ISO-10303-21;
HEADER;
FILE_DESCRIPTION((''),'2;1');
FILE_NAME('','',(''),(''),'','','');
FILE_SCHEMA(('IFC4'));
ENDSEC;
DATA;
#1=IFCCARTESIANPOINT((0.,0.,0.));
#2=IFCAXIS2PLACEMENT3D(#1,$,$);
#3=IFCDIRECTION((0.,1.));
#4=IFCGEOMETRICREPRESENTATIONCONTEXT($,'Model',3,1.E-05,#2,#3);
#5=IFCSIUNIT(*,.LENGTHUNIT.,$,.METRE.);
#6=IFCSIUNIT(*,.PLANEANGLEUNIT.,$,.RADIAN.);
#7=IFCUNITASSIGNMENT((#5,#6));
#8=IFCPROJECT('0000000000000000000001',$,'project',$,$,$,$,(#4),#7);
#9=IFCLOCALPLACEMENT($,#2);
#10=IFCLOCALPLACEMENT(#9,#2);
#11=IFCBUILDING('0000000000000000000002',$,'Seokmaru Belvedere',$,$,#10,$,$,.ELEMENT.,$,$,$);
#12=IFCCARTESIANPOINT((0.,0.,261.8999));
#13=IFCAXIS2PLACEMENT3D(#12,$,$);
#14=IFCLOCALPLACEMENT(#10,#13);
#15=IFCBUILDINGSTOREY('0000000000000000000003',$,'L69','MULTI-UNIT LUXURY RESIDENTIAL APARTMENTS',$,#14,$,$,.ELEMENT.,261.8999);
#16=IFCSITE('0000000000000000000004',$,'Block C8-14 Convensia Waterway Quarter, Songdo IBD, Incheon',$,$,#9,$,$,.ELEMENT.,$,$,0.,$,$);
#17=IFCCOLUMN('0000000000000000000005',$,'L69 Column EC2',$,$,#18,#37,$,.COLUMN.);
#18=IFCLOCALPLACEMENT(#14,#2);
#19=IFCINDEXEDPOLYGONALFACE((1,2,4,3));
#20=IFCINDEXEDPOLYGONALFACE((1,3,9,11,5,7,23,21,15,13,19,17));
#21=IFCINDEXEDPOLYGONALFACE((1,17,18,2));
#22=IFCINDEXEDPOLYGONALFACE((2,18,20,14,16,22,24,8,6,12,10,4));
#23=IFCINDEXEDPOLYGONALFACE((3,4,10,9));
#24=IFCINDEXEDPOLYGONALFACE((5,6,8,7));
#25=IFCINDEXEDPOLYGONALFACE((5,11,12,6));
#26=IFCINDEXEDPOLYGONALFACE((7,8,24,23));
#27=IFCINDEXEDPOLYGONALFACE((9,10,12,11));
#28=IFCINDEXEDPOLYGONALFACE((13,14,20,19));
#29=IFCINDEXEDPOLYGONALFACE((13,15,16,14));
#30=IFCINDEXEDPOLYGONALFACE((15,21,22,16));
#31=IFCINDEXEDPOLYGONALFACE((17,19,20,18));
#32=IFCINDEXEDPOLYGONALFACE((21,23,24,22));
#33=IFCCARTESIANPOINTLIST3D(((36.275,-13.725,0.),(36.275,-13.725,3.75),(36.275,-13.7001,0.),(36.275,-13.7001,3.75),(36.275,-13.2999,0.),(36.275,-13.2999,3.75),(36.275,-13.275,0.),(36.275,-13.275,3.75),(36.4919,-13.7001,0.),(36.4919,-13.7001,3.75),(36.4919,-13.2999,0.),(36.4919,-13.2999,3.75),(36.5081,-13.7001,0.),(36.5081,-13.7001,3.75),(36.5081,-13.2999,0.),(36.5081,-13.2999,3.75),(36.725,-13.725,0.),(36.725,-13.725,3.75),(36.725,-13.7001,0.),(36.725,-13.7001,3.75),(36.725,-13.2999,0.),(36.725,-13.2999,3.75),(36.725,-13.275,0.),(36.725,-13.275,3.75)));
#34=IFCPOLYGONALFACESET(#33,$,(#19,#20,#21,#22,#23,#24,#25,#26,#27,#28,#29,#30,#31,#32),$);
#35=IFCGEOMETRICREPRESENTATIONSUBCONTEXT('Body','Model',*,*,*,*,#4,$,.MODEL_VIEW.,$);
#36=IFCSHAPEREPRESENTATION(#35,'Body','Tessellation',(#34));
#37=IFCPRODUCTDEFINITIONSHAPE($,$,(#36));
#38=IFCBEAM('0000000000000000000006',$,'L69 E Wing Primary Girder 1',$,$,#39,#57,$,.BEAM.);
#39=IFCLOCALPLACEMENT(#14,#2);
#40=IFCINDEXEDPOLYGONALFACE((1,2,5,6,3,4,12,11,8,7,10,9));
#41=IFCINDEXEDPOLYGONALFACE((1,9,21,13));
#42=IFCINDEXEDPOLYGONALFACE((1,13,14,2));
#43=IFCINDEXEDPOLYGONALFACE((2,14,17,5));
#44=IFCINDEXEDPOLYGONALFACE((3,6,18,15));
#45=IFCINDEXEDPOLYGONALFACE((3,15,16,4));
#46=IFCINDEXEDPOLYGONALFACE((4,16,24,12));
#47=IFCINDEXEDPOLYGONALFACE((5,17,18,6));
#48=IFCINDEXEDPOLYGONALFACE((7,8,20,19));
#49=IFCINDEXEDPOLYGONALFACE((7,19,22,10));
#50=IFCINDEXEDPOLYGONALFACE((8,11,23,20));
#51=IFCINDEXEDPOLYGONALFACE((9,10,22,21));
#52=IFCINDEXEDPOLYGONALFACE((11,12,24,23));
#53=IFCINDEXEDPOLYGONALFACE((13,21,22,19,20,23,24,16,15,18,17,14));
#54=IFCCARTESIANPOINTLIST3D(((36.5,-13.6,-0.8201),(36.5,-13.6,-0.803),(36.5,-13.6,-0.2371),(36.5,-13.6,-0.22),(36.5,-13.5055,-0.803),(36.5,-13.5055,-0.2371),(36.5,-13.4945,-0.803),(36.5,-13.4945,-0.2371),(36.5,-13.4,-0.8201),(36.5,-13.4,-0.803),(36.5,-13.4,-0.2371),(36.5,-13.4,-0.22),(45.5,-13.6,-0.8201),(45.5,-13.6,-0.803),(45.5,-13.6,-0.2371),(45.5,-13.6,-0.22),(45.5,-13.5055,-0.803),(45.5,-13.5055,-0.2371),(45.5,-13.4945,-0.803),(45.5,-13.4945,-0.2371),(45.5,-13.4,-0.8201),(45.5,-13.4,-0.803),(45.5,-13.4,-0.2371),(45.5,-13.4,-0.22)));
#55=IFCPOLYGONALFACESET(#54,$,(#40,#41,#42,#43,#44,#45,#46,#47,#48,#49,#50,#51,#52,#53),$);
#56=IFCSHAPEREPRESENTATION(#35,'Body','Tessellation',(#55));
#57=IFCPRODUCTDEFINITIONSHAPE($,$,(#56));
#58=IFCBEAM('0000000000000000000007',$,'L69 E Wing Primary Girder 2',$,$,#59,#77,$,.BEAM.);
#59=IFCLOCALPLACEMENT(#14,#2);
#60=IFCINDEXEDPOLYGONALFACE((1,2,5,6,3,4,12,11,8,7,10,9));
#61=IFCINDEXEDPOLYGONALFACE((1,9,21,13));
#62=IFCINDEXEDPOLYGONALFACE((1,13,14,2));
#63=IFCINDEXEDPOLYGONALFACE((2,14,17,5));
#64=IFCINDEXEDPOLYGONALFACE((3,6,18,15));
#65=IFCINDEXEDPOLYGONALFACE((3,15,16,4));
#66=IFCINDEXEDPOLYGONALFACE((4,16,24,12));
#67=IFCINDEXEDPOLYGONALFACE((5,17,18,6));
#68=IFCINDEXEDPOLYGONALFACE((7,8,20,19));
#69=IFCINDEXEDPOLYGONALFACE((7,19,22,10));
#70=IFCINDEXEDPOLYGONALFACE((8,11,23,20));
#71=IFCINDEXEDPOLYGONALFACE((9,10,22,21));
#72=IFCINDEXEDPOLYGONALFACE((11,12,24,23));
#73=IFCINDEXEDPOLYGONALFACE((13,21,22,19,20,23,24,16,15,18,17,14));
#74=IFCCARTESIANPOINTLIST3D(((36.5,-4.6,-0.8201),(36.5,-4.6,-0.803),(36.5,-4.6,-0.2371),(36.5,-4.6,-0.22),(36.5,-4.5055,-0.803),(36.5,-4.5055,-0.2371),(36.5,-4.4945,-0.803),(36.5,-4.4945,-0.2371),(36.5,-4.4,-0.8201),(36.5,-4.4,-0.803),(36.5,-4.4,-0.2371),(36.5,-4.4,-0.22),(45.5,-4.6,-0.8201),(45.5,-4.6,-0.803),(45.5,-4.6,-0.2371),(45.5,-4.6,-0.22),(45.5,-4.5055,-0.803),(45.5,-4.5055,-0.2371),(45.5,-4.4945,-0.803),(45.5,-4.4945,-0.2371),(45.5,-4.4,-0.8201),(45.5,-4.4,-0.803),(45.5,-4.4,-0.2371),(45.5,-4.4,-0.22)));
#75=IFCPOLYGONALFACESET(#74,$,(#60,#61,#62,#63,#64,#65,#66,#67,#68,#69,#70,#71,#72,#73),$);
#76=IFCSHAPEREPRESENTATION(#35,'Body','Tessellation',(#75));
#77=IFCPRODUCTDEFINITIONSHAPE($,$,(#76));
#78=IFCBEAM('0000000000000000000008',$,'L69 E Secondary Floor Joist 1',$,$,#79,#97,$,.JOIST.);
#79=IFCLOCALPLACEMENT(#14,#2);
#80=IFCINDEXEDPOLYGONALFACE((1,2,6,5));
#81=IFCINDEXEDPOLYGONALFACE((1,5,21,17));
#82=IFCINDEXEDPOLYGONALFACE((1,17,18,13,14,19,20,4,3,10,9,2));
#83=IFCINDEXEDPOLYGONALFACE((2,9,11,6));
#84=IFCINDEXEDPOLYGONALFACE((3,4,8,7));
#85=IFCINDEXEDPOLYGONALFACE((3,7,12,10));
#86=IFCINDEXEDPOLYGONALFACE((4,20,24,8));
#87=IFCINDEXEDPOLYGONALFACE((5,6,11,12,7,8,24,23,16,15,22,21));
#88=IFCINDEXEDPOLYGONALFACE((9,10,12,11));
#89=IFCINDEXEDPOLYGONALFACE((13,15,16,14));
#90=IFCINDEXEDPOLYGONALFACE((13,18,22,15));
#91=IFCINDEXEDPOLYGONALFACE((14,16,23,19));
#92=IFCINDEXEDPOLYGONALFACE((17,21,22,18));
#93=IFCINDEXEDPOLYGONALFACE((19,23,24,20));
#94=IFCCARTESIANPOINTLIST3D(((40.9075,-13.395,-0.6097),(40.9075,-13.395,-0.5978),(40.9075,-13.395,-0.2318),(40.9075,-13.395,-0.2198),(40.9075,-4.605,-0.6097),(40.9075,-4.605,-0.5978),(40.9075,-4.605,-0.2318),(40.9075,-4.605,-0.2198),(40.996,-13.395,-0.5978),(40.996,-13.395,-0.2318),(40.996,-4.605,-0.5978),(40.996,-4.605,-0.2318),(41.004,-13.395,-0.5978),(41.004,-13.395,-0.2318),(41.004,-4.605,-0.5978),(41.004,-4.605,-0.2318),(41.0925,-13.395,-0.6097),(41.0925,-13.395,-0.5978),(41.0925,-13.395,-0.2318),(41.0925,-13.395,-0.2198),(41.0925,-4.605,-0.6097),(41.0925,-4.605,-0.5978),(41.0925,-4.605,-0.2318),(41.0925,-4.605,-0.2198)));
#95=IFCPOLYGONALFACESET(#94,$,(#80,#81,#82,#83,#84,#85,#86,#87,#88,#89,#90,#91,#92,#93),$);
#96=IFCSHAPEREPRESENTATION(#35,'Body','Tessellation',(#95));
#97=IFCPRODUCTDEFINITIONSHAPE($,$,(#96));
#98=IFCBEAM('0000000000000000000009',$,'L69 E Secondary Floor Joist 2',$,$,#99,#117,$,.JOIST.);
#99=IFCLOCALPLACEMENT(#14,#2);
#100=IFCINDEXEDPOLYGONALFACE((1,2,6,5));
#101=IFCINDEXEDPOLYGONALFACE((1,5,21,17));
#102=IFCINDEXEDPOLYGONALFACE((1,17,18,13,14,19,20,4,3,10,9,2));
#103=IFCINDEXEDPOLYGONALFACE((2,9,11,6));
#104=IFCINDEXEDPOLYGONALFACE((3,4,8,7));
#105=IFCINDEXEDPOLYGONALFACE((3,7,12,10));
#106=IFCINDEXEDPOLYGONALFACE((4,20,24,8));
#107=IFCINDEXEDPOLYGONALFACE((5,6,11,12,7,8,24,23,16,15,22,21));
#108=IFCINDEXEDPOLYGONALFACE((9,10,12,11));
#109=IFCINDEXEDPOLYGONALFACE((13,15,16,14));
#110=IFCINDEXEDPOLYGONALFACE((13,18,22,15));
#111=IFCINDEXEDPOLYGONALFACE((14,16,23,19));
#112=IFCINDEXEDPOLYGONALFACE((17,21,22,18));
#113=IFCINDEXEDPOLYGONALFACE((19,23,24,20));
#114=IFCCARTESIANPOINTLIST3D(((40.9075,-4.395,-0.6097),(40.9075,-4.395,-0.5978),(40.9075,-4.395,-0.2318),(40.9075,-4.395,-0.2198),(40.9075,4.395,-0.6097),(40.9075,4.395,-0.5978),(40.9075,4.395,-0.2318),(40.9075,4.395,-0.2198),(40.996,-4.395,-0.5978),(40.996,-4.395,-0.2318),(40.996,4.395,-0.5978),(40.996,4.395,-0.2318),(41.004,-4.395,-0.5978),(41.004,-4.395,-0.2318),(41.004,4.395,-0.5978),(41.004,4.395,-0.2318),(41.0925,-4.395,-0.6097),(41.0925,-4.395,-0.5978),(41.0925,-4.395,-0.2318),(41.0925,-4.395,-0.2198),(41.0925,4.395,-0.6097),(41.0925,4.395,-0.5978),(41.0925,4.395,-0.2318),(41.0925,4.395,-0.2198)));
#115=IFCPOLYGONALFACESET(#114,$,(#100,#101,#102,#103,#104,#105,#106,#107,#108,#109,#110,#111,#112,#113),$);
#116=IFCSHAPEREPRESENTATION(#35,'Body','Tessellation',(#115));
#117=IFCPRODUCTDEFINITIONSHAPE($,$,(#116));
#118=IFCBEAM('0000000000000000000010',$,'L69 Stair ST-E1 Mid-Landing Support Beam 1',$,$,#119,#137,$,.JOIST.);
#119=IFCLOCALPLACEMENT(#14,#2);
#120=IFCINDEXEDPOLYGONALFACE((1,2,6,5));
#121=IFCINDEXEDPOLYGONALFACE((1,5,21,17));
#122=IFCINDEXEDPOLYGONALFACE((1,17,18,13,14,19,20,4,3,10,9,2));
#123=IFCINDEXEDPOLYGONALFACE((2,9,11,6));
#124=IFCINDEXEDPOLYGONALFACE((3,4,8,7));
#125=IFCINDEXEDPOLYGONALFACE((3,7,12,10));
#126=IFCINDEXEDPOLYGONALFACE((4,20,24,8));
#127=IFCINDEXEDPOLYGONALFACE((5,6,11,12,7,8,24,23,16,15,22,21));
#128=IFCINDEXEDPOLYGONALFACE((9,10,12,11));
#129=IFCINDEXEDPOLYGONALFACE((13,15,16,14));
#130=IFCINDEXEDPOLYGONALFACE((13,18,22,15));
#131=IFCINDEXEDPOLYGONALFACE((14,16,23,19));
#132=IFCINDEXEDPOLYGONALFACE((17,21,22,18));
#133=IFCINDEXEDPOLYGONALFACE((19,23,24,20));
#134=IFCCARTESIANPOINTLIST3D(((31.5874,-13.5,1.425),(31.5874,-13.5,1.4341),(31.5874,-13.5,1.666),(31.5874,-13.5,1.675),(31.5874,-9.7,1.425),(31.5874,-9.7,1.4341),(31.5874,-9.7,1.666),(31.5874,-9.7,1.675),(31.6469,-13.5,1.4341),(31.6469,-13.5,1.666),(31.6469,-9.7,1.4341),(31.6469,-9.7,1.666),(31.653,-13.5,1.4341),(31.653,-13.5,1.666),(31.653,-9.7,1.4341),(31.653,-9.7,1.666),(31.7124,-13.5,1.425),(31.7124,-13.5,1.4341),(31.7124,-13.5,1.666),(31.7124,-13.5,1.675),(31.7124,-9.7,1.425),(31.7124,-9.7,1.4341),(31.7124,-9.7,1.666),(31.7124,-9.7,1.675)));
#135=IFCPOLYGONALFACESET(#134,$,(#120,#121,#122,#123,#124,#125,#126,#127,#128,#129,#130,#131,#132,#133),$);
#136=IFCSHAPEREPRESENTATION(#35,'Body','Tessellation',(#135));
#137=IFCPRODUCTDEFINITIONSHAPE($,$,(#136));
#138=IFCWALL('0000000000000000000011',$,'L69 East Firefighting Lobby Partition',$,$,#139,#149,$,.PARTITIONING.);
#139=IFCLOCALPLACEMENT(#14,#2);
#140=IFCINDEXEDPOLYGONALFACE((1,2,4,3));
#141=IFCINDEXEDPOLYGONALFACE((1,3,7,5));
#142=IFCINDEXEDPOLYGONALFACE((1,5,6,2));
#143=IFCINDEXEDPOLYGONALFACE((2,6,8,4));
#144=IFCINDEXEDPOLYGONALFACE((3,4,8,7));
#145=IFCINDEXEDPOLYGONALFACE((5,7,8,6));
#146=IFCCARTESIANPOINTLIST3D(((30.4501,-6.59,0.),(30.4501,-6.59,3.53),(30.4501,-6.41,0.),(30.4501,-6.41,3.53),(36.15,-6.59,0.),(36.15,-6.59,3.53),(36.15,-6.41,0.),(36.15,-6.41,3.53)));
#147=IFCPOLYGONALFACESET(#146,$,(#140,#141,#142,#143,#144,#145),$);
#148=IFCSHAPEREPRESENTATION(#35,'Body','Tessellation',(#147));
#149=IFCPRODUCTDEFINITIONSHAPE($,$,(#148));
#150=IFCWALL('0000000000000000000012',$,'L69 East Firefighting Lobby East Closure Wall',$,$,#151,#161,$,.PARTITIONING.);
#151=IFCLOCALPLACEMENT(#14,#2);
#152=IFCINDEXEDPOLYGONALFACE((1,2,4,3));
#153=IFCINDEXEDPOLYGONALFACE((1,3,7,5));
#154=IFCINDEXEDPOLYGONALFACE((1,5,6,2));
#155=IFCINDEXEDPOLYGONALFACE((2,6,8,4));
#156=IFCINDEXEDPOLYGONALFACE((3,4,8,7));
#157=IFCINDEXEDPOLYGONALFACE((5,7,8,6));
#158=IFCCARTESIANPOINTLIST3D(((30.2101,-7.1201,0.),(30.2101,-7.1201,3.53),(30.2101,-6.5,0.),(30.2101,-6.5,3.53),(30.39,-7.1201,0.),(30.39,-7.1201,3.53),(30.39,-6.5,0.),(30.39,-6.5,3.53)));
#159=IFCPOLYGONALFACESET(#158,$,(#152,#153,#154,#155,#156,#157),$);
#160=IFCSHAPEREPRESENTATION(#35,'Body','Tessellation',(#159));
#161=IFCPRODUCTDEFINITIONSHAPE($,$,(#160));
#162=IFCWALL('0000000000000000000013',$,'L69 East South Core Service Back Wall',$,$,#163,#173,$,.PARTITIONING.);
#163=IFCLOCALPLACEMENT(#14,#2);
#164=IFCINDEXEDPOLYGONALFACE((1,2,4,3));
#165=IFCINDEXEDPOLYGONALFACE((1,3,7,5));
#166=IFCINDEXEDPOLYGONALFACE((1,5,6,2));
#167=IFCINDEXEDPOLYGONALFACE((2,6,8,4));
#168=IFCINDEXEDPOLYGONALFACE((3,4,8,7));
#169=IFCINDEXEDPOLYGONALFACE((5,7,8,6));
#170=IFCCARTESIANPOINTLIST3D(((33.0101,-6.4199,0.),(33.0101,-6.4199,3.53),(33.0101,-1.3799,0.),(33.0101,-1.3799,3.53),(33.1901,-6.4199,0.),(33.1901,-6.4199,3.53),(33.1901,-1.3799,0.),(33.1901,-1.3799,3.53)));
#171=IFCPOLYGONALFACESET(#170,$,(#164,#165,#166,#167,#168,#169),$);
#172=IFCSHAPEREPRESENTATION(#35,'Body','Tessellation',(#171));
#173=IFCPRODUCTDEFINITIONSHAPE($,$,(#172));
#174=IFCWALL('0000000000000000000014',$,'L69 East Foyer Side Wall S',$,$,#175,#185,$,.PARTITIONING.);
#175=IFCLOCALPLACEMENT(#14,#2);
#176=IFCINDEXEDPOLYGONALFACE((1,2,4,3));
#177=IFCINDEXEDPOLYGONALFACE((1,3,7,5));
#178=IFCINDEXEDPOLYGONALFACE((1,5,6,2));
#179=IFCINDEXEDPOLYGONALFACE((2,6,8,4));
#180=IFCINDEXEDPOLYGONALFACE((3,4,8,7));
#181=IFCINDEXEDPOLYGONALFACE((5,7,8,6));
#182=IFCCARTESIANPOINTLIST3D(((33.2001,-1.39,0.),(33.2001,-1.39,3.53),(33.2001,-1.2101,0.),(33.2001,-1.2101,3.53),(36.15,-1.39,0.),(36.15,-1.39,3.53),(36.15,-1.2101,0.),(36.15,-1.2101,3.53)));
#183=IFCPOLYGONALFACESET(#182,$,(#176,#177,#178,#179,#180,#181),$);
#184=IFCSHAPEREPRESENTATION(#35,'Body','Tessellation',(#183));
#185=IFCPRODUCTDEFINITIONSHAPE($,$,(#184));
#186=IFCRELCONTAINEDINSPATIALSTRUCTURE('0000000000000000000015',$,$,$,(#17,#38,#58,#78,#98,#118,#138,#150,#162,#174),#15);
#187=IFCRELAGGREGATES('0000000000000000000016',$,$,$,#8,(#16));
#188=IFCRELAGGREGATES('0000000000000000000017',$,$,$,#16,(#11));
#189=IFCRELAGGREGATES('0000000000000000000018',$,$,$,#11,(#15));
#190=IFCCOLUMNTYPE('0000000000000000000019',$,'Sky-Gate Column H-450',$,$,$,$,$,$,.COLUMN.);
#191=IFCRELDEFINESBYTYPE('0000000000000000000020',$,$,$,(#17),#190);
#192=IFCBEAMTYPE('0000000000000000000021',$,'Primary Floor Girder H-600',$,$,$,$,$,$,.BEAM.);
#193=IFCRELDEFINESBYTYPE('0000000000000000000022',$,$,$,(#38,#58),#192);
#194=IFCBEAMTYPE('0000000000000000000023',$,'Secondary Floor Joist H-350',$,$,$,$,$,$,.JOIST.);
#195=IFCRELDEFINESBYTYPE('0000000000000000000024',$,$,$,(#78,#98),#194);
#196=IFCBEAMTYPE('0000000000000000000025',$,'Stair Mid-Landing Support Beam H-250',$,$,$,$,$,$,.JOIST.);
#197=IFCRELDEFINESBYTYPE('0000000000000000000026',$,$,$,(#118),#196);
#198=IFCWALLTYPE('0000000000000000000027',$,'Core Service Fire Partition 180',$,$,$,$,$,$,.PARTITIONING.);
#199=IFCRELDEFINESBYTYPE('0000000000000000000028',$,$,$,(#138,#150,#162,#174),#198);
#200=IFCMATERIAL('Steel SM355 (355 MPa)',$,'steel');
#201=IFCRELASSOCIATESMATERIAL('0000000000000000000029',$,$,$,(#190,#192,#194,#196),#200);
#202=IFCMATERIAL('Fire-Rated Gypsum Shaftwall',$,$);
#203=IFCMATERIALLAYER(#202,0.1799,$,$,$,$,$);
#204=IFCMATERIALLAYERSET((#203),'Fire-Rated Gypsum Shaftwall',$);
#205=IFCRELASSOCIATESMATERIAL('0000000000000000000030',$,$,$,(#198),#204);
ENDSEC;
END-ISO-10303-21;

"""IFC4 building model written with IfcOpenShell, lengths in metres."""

from ifc_helpers import new_model, si_unit, direction, frame, frame_2d, origin, origin_2d, place, context, subcontext, project, spatial, rectangle, i_section, extrude, source, transform, mapped, material, layer, layer_set, material_profile, profile_set, type_object, type_shapes, element, save


model = new_model("IFC4")

# Units and contexts
model_context = context("Model", 3, precision=1e-05, world=origin(), true_north=direction((0.0, 1.0)))
body_context = subcontext(model_context, "Body", "Model", "MODEL_VIEW")
ifc_project = project(units=[si_unit("LENGTHUNIT", "METRE"), si_unit("PLANEANGLEUNIT", "RADIAN")], contexts=[model_context])

# Site, building, storey
site_placement = place(None, origin())
site = spatial("IfcSite", under=ifc_project, at=site_placement, Name="Block C8-14 Convensia Waterway Quarter, Songdo IBD, Incheon", CompositionType="ELEMENT", RefElevation=0.0)
building_placement = place(site_placement, origin())
building = spatial("IfcBuilding", under=site, at=building_placement, Name="Seokmaru Belvedere", CompositionType="ELEMENT")
storey_placement = place(building_placement, frame((0.0, 0.0, 261.8999)))
storey = spatial("IfcBuildingStorey", under=building, at=storey_placement, Name="L69", Description="MULTI-UNIT LUXURY RESIDENTIAL APARTMENTS", CompositionType="ELEMENT", Elevation=261.8999)

# Column
ifc_material_1 = material(Name="Steel SM355 (355 MPa)", Category="steel")
ifc_material_profile_1 = material_profile(ifc_material_1, i_section(OverallWidth=0.45, OverallDepth=0.45, WebThickness=0.0161, FlangeThickness=0.0249, at=origin_2d()), Name="H-450x450x16x25")
ifc_profile_set_1 = profile_set([ifc_material_profile_1], Name="Steel SM355 (355 MPa)")
column_type = type_object("IfcColumnType", Name="Sky-Gate Column H-450", PredefinedType="COLUMN", material=ifc_profile_set_1)
shared_shape_1 = source(origin(), body_context, "Body", "SweptSolid", [
    extrude(i_section(OverallWidth=0.45, OverallDepth=0.45, WebThickness=0.0161, FlangeThickness=0.0249, at=origin_2d()), origin(), (0.0, 0.0, 1.0), 3.75),
])
type_shapes(column_type, [shared_shape_1])
column_placement = place(storey_placement, frame((36.5, -13.5, 0.0), z_axis=(0.0, 0.0, 1.0), x_axis=(1.0, 0.0, 0.0)))
element("IfcColumn", 1, at=column_placement, inside=storey, type_object=column_type, Name="L69 Column EC2", PredefinedType="COLUMN", context=body_context, shape_type="MappedRepresentation", body=[
    mapped(shared_shape_1, transform((0.0, 0.0, 0.0), scale=1.0)),
])

# Beams
ifc_material_profile_2 = material_profile(ifc_material_1, i_section(OverallWidth=0.2, OverallDepth=0.6001, WebThickness=0.011, FlangeThickness=0.0171, at=origin_2d()), Name="H-600x200x11x17")
ifc_profile_set_2 = profile_set([ifc_material_profile_2], Name="Steel SM355 (355 MPa)")
beam_type_1 = type_object("IfcBeamType", Name="Primary Floor Girder H-600", PredefinedType="BEAM", material=ifc_profile_set_2)
shared_shape_2 = source(origin(), body_context, "Body", "SweptSolid", [
    extrude(i_section(OverallWidth=0.2, OverallDepth=0.6001, WebThickness=0.011, FlangeThickness=0.0171, at=origin_2d()), origin(), (0.0, 0.0, 1.0), 9.0),
])
type_shapes(beam_type_1, [shared_shape_2])
for number, where, z_axis, x_axis, name in (
    (2, (36.5, -13.5, -0.52), (1.0, 0.0, 0.0), (0.0, 1.0, 0.0), "L69 E Wing Primary Girder 1"),
    (3, (36.5, -4.5, -0.52), (1.0, 0.0, 0.0), (0.0, 1.0, 0.0), "L69 E Wing Primary Girder 2"),
):
    element("IfcBeam", number, at=place(storey_placement, frame(where, z_axis=z_axis, x_axis=x_axis)), inside=storey, type_object=beam_type_1, Name=name, PredefinedType="BEAM", context=body_context, shape_type="MappedRepresentation", body=[
        mapped(shared_shape_2, transform((0.0, 0.0, 0.0), scale=1.0)),
    ])
ifc_material_profile_3 = material_profile(ifc_material_1, i_section(OverallWidth=0.1851, OverallDepth=0.3899, WebThickness=0.0081, FlangeThickness=0.012, at=origin_2d()), Name="H-390x185x8x12")
ifc_profile_set_3 = profile_set([ifc_material_profile_3], Name="Steel SM355 (355 MPa)")
beam_type_2 = type_object("IfcBeamType", Name="Secondary Floor Joist H-350", PredefinedType="JOIST", material=ifc_profile_set_3)
shared_shape_3 = source(origin(), body_context, "Body", "SweptSolid", [
    extrude(i_section(OverallWidth=0.1851, OverallDepth=0.3899, WebThickness=0.0081, FlangeThickness=0.012, at=origin_2d()), origin(), (0.0, 0.0, 1.0), 8.79),
])
type_shapes(beam_type_2, [shared_shape_3])
for number, where, z_axis, x_axis, name in (
    (4, (41.0, -13.395, -0.4148), (0.0, 1.0, 0.0), (-1.0, 0.0, 0.0), "L69 E Secondary Floor Joist 1"),
    (5, (41.0, -4.395, -0.4148), (0.0, 1.0, 0.0), (-1.0, 0.0, 0.0), "L69 E Secondary Floor Joist 2"),
):
    element("IfcBeam", number, at=place(storey_placement, frame(where, z_axis=z_axis, x_axis=x_axis)), inside=storey, type_object=beam_type_2, Name=name, PredefinedType="JOIST", context=body_context, shape_type="MappedRepresentation", body=[
        mapped(shared_shape_3, transform((0.0, 0.0, 0.0), scale=1.0)),
    ])
ifc_material_profile_4 = material_profile(ifc_material_1, i_section(OverallWidth=0.125, OverallDepth=0.25, WebThickness=0.0061, FlangeThickness=0.009, at=origin_2d()), Name="H-250x125x6x9")
ifc_profile_set_4 = profile_set([ifc_material_profile_4], Name="Steel SM355 (355 MPa)")
beam_type_3 = type_object("IfcBeamType", Name="Stair Mid-Landing Support Beam H-250", PredefinedType="JOIST", material=ifc_profile_set_4)
shared_shape_4 = source(origin(), body_context, "Body", "SweptSolid", [
    extrude(i_section(OverallWidth=0.125, OverallDepth=0.25, WebThickness=0.0061, FlangeThickness=0.009, at=origin_2d()), origin(), (0.0, 0.0, 1.0), 3.8),
])
type_shapes(beam_type_3, [shared_shape_4])
beam_placement = place(storey_placement, frame((31.6499, -13.5, 1.55), z_axis=(0.0, 1.0, 0.0), x_axis=(-1.0, 0.0, 0.0)))
element("IfcBeam", 6, at=beam_placement, inside=storey, type_object=beam_type_3, Name="L69 Stair ST-E1 Mid-Landing Support Beam 1", PredefinedType="JOIST", context=body_context, shape_type="MappedRepresentation", body=[
    mapped(shared_shape_4, transform((0.0, 0.0, 0.0), scale=1.0)),
])

# Walls
ifc_material_2 = material(Name="Fire-Rated Gypsum Shaftwall")
ifc_layer_1 = layer(ifc_material_2, 0.1799)
ifc_layer_set_1 = layer_set([ifc_layer_1], Name="Fire-Rated Gypsum Shaftwall")
wall_type_1 = type_object("IfcWallType", Name="Core Service Fire Partition 180", PredefinedType="PARTITIONING", material=ifc_layer_set_1)
wall_1_placement = place(storey_placement, frame((30.45, -6.5, 0.0), z_axis=(0.0, 0.0, 1.0), x_axis=(1.0, 0.0, 0.0)))
element("IfcWall", 7, at=wall_1_placement, inside=storey, type_object=wall_type_1, Name="L69 East Firefighting Lobby Partition", PredefinedType="PARTITIONING", context=body_context, shape_type="SweptSolid", body=[
    extrude(rectangle(XDim=5.7, YDim=0.1799, at=frame_2d((2.8501, 0.0))), origin(), (0.0, 0.0, 1.0), 3.53),
])
wall_2_placement = place(storey_placement, frame((30.3, -7.1201, 0.0), z_axis=(0.0, 0.0, 1.0), x_axis=(0.0, 1.0, 0.0)))
element("IfcWall", 8, at=wall_2_placement, inside=storey, type_object=wall_type_1, Name="L69 East Firefighting Lobby East Closure Wall", PredefinedType="PARTITIONING", context=body_context, shape_type="SweptSolid", body=[
    extrude(rectangle(XDim=0.6201, YDim=0.1799, at=frame_2d((0.3101, 0.0))), origin(), (0.0, 0.0, 1.0), 3.53),
])
wall_3_placement = place(storey_placement, frame((33.1001, -6.4199, 0.0), z_axis=(0.0, 0.0, 1.0), x_axis=(0.0, 1.0, 0.0)))
element("IfcWall", 9, at=wall_3_placement, inside=storey, type_object=wall_type_1, Name="L69 East South Core Service Back Wall", PredefinedType="PARTITIONING", context=body_context, shape_type="SweptSolid", body=[
    extrude(rectangle(XDim=5.04, YDim=0.1799, at=frame_2d((2.52, 0.0))), origin(), (0.0, 0.0, 1.0), 3.53),
])
wall_4_placement = place(storey_placement, frame((33.2, -1.3, 0.0), z_axis=(0.0, 0.0, 1.0), x_axis=(1.0, 0.0, 0.0)))
element("IfcWall", 10, at=wall_4_placement, inside=storey, type_object=wall_type_1, Name="L69 East Foyer Side Wall S", PredefinedType="PARTITIONING", context=body_context, shape_type="SweptSolid", body=[
    extrude(rectangle(XDim=2.95, YDim=0.1799, at=frame_2d((1.4751, 0.0))), origin(), (0.0, 0.0, 1.0), 3.53),
])

save(model, "model.ifc")
